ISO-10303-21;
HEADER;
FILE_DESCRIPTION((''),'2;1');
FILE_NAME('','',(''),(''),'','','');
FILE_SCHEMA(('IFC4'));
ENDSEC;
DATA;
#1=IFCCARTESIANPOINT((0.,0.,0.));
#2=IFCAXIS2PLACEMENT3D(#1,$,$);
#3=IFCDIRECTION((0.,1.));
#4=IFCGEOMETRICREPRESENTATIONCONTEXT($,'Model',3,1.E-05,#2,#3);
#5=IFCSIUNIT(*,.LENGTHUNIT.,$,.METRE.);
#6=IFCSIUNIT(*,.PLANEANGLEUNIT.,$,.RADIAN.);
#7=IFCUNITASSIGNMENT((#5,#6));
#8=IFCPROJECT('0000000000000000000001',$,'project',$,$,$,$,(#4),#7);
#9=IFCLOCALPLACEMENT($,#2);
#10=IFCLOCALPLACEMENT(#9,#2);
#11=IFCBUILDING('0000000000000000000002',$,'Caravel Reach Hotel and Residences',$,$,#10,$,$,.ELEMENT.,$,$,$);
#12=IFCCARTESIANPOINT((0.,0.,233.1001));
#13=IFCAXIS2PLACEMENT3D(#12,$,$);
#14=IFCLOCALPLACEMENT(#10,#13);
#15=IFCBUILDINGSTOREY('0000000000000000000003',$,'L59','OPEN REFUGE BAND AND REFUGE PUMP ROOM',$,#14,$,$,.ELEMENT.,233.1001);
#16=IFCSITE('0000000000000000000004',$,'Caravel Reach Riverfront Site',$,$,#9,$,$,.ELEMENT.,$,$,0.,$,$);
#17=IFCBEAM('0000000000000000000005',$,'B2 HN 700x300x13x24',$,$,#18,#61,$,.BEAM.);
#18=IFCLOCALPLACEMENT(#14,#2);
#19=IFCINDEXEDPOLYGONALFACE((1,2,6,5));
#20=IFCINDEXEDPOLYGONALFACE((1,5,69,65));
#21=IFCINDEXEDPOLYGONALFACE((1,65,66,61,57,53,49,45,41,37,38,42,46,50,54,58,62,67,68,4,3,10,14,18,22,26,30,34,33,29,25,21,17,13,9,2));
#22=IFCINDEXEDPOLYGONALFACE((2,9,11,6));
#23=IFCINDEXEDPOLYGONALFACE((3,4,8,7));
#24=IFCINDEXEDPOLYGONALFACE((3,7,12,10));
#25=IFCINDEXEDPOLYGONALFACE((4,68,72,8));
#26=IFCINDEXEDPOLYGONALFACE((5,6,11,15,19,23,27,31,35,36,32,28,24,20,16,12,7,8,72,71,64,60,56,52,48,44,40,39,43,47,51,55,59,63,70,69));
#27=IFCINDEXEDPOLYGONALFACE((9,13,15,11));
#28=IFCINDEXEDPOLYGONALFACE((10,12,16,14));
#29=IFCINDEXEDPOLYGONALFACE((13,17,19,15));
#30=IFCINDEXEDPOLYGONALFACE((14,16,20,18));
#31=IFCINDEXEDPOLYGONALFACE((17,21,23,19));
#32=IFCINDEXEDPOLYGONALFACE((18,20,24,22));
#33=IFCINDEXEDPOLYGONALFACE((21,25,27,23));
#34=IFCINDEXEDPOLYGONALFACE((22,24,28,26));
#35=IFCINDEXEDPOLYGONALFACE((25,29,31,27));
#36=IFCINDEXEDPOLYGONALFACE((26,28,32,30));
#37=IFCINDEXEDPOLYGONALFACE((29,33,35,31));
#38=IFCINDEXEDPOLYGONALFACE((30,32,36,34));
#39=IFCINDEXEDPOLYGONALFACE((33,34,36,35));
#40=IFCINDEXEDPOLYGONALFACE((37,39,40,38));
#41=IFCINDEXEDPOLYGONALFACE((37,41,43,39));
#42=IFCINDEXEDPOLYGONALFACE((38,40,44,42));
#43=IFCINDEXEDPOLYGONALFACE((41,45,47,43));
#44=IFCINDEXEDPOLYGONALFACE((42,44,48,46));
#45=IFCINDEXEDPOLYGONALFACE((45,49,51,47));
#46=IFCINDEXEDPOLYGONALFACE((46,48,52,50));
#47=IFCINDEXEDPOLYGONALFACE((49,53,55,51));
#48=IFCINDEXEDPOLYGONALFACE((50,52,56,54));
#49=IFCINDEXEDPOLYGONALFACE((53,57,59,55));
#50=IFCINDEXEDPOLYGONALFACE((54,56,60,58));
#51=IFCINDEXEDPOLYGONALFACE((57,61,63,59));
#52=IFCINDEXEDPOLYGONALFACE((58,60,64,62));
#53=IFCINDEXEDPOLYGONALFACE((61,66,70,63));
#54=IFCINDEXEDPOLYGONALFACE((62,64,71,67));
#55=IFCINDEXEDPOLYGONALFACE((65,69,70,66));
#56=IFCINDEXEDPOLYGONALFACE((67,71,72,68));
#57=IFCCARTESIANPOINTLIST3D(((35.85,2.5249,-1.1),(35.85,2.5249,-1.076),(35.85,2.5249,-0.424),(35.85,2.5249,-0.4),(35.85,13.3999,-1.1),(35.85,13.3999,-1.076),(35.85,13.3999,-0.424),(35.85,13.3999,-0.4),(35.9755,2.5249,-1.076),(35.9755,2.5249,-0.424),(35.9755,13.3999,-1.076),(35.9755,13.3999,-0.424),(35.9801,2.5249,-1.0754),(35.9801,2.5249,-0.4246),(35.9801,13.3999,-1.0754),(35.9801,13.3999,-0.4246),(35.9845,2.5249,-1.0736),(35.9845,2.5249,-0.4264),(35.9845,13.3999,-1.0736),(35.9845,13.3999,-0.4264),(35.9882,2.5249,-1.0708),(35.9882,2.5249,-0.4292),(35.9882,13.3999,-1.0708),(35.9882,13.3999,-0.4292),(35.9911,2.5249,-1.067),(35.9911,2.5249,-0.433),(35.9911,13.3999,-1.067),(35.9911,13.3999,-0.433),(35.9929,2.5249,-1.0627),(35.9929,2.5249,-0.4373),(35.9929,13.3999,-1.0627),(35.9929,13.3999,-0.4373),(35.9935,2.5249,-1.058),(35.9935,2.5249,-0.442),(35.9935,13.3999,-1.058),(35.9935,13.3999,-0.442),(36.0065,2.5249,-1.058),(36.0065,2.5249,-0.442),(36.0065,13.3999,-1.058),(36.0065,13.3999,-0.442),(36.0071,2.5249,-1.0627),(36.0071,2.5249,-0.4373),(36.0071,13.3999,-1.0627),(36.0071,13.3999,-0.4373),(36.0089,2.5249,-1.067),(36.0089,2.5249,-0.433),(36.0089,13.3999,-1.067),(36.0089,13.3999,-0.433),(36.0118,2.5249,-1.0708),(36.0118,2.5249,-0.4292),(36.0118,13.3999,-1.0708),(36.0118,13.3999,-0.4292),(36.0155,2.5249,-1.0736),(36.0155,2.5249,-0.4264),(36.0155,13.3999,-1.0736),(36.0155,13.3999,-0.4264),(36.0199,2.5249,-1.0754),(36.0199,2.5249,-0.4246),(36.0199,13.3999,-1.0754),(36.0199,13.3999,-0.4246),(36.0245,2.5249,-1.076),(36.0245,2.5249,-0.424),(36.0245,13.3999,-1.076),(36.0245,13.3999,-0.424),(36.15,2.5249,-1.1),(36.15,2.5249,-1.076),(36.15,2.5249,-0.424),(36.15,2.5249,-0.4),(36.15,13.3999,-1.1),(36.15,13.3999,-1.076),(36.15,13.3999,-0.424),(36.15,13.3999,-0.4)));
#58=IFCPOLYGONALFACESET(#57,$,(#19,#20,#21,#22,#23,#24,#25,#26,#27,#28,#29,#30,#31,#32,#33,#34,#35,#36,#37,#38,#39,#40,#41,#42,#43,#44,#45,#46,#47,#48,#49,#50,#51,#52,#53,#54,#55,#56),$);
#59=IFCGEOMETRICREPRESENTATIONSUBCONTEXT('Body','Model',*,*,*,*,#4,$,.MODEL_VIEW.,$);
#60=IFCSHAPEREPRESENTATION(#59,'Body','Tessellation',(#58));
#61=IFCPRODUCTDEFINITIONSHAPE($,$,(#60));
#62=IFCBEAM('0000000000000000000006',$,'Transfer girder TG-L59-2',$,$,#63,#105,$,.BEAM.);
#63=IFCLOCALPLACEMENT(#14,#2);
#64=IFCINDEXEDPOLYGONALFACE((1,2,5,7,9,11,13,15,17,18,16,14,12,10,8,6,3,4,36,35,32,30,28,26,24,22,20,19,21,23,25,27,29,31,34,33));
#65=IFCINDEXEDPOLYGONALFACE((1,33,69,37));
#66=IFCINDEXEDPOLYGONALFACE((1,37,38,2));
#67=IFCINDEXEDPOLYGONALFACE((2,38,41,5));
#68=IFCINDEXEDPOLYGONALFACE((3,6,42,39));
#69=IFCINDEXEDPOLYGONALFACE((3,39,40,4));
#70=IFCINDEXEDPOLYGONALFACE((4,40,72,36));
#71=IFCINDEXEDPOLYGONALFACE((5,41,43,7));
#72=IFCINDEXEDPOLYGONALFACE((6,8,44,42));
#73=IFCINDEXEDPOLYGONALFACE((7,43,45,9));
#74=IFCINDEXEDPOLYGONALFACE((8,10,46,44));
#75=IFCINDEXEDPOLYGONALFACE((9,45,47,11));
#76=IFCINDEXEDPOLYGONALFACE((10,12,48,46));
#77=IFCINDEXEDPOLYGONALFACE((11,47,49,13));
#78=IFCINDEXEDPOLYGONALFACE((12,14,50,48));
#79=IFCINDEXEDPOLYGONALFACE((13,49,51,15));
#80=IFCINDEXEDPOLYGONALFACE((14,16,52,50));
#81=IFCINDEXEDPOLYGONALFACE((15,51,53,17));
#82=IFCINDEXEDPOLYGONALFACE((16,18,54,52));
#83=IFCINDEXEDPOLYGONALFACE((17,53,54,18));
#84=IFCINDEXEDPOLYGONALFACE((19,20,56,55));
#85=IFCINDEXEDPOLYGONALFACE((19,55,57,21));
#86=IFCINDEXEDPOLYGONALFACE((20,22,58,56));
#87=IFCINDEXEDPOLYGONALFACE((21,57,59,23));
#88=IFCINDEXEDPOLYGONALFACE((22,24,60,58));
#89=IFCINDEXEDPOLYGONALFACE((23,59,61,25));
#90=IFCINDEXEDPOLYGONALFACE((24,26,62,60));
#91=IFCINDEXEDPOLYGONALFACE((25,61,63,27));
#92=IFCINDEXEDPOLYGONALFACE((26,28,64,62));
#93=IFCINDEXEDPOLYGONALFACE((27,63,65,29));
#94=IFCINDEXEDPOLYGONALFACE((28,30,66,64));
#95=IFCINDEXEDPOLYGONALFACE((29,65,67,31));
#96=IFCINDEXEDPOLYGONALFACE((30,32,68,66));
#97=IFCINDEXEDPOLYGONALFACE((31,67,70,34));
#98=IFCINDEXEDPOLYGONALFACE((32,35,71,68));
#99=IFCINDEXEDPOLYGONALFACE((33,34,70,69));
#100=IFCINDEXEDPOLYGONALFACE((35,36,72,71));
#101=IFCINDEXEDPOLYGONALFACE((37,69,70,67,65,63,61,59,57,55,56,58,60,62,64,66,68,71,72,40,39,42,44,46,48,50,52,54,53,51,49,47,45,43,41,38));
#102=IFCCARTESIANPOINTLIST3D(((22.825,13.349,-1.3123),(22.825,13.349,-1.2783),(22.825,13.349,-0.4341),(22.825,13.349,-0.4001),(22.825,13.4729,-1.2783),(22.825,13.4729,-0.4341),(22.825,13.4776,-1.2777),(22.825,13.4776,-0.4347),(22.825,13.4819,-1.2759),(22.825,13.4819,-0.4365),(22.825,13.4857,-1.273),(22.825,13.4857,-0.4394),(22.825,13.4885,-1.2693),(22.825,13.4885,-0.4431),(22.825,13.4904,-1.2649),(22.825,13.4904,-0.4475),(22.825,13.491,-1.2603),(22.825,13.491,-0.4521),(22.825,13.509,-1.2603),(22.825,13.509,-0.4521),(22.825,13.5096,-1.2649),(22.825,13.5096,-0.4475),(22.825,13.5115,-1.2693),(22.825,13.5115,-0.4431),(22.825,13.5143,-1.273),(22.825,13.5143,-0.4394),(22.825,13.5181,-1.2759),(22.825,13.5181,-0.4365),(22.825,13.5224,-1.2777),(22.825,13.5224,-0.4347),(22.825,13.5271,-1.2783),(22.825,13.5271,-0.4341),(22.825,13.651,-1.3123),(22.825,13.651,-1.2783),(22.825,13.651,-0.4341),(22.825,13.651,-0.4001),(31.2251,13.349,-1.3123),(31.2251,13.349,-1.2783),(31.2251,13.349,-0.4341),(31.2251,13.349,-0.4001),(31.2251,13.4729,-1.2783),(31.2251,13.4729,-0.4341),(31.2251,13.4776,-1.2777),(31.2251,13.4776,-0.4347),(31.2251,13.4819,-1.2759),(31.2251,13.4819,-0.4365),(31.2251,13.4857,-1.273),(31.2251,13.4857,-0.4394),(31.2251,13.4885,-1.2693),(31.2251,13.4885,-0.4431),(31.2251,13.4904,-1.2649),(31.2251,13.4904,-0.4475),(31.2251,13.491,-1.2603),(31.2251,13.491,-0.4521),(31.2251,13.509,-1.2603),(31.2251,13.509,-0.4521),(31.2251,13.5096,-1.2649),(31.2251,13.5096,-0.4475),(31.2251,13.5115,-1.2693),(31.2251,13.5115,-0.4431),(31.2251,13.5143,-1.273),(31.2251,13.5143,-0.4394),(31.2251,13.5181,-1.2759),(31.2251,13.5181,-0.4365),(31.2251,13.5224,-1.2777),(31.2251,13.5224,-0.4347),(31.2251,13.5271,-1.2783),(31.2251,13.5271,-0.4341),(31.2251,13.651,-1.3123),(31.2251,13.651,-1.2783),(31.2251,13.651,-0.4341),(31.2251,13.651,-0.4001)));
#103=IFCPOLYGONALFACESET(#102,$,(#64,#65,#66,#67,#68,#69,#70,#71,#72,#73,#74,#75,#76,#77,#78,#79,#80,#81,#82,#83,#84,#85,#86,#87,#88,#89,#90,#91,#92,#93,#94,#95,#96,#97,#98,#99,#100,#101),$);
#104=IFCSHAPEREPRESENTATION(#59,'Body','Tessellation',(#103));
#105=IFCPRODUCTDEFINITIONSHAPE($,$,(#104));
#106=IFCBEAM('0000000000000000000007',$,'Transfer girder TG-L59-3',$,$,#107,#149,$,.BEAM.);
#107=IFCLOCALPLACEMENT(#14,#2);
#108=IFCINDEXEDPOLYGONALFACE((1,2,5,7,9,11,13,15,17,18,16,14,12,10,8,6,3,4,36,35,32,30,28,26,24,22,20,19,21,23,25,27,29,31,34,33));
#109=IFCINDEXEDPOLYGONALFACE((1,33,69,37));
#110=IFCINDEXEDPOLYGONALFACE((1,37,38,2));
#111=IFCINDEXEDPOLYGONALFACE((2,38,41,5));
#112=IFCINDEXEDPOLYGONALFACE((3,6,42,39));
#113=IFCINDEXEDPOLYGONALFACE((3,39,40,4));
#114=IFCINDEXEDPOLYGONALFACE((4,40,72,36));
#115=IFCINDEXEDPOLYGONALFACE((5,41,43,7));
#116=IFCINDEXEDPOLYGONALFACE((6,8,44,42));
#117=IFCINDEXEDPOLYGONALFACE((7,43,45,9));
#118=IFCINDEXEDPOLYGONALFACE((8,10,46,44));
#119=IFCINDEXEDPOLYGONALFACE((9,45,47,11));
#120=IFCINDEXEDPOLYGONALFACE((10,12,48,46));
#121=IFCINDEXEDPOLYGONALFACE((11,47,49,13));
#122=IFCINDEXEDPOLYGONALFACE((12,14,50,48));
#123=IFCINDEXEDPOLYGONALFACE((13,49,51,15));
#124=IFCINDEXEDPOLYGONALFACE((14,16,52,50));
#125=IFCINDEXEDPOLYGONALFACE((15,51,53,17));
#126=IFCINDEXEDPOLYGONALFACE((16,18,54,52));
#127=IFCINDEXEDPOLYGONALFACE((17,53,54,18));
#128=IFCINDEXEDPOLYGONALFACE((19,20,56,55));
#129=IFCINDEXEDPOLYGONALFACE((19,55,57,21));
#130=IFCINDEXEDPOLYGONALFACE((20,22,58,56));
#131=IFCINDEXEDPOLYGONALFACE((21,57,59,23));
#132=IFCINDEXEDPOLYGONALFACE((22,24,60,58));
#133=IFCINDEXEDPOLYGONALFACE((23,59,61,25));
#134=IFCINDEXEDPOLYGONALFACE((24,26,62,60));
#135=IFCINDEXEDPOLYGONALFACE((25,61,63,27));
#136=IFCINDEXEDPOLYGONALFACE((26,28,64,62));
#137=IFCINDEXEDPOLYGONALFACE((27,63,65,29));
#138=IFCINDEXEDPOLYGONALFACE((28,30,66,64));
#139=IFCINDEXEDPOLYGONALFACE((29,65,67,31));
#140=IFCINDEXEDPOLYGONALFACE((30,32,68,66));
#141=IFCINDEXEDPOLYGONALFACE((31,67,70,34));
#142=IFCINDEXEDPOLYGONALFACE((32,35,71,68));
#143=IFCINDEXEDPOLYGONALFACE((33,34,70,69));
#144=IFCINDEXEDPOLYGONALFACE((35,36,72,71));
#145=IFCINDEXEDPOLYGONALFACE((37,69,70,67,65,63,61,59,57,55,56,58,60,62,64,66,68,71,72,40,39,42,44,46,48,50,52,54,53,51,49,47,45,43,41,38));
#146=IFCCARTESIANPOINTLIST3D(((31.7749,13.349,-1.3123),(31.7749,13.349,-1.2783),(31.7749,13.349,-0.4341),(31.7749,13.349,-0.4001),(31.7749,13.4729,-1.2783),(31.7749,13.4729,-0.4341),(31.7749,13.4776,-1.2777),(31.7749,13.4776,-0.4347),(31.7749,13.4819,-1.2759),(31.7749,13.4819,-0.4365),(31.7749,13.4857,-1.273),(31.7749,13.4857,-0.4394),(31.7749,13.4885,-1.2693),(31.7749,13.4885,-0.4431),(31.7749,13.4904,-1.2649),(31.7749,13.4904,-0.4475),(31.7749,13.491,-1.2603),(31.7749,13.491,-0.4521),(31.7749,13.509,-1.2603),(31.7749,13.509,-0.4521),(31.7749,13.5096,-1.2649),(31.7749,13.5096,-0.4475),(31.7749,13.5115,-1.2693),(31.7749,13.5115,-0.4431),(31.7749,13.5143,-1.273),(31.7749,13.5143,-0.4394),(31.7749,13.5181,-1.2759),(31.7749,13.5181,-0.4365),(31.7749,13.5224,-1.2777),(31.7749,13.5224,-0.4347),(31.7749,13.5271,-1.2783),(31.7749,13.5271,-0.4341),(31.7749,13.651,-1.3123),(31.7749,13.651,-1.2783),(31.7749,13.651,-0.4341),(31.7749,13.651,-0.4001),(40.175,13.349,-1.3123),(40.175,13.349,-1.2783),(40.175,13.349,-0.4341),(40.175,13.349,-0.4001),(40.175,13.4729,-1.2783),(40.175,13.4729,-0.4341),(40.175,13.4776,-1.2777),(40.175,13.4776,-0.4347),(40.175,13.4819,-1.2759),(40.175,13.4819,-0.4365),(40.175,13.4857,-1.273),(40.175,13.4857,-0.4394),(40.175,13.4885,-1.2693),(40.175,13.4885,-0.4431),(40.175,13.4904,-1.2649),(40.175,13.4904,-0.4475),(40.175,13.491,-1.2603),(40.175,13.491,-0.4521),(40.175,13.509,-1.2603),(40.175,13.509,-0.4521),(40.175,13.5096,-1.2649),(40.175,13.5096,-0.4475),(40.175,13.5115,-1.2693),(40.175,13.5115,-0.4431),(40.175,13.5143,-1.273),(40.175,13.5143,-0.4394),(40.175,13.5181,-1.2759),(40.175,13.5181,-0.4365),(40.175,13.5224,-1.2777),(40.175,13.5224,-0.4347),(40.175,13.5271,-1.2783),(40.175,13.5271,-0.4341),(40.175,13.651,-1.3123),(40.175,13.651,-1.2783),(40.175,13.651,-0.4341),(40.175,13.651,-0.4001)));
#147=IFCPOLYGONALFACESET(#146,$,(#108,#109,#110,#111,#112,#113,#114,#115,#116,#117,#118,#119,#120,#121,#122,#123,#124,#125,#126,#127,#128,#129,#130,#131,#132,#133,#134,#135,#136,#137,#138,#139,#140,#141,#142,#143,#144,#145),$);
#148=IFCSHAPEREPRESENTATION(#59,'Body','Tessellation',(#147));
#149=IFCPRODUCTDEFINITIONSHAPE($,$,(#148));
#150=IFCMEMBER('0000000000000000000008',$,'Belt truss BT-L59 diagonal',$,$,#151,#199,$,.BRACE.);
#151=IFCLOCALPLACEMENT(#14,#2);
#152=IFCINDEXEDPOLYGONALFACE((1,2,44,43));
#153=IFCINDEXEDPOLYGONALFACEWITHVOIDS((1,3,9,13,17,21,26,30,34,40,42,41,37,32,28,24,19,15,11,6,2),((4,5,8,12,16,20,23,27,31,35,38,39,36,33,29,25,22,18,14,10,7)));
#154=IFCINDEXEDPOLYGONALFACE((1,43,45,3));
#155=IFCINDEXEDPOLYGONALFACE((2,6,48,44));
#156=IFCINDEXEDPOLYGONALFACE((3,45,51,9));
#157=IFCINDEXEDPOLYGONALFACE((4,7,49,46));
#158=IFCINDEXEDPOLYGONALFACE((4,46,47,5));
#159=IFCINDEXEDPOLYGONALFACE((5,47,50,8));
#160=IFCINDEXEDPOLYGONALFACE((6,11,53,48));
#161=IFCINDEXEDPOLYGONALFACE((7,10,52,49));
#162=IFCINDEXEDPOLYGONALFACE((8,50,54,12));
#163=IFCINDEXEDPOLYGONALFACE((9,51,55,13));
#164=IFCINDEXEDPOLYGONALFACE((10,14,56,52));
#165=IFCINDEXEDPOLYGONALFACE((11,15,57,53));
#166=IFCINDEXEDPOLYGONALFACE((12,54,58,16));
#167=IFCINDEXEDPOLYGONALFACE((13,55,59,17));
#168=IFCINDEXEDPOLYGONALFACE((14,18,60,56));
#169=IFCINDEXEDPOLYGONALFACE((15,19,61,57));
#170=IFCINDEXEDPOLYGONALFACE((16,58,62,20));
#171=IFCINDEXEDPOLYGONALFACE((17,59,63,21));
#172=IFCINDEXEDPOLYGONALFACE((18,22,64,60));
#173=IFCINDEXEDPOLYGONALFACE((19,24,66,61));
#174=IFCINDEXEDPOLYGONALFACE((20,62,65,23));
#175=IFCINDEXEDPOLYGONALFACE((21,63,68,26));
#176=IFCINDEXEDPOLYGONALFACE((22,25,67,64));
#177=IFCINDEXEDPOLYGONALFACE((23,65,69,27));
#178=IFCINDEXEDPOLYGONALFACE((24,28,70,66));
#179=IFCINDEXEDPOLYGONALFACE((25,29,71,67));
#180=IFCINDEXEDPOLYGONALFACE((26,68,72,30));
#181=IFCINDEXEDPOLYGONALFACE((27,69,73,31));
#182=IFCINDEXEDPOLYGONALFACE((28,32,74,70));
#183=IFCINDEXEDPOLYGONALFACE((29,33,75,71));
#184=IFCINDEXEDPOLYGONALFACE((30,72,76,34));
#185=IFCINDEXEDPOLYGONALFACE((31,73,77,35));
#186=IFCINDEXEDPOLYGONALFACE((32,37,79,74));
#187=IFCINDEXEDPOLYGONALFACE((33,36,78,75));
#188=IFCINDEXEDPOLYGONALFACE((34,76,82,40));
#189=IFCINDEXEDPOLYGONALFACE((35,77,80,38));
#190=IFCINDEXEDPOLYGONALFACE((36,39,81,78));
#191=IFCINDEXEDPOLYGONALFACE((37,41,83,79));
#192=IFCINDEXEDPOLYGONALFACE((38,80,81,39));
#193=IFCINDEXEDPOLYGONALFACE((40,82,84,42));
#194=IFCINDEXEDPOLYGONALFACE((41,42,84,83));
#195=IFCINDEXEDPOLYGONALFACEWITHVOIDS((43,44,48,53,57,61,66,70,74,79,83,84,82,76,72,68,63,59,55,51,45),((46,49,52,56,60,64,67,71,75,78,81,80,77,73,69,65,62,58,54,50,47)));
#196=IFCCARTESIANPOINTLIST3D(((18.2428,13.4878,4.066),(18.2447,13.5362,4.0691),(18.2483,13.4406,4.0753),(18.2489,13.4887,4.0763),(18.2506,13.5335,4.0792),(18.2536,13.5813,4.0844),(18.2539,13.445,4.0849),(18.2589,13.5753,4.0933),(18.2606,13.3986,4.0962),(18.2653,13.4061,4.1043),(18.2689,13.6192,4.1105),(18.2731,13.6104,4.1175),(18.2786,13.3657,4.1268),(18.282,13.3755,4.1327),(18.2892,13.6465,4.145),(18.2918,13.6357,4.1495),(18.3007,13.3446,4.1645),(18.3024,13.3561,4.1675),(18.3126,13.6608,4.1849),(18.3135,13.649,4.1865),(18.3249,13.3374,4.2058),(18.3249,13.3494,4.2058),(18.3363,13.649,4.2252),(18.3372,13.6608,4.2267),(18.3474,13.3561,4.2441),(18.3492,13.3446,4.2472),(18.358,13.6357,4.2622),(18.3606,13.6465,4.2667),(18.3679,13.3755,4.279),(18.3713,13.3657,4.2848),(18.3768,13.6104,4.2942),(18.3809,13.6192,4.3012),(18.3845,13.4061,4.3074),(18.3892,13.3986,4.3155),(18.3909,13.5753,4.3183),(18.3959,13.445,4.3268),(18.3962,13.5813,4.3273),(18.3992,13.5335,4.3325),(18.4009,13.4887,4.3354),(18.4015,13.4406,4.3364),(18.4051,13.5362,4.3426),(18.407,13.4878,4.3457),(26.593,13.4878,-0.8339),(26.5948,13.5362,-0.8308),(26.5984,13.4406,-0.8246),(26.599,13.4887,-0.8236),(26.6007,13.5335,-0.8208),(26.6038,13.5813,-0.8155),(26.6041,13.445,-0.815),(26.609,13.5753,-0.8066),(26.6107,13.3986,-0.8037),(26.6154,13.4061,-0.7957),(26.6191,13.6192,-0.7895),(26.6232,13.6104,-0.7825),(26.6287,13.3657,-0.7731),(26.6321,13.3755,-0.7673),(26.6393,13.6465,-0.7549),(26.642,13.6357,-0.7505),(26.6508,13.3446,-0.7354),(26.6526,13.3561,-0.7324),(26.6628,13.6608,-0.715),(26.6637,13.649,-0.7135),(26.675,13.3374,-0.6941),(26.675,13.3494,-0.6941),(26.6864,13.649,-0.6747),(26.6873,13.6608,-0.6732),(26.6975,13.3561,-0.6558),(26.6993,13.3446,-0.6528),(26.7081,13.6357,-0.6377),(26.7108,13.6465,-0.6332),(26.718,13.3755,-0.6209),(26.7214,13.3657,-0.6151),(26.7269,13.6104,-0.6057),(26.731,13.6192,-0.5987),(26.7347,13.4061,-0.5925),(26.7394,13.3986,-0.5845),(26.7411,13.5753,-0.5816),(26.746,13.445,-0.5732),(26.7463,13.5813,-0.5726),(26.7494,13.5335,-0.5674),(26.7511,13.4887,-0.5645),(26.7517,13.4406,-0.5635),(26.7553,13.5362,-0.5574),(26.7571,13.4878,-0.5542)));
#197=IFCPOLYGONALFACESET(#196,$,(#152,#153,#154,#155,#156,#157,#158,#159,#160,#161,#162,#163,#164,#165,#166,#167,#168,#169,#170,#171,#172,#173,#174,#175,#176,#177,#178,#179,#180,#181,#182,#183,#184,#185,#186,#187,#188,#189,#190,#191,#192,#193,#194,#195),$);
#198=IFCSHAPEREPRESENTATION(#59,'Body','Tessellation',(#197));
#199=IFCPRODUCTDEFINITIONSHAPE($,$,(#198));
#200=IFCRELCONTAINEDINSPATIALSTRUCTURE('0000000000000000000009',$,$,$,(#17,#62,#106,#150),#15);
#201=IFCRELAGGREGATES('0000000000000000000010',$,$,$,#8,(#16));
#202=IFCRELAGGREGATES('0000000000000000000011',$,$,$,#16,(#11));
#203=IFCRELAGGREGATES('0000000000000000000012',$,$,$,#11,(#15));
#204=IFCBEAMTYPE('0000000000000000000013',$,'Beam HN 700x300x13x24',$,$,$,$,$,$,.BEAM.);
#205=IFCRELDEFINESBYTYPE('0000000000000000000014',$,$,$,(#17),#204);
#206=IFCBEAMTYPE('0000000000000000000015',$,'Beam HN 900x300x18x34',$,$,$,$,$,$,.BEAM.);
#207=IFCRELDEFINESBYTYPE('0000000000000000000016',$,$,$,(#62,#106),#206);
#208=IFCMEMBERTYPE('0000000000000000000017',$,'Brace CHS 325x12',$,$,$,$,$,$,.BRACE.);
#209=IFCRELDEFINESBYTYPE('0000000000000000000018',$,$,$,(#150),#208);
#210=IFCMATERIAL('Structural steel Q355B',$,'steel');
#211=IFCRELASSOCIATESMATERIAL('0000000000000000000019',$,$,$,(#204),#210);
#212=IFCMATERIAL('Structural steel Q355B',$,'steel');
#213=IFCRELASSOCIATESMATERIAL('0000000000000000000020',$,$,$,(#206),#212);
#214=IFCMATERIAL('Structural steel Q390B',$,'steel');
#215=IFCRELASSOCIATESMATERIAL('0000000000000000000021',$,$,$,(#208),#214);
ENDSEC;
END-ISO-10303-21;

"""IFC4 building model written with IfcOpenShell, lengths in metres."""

from ifc_helpers import new_model, si_unit, direction, frame, origin, origin_2d, place, context, subcontext, project, spatial, hollow_circle, i_section, extrude, material, material_profile, profile_set, type_object, element, save


model = new_model("IFC4")

# Units and contexts
model_context = context("Model", 3, precision=1e-05, world=origin(), true_north=direction((0.0, 1.0)))
body_context = subcontext(model_context, "Body", "Model", "MODEL_VIEW")
ifc_project = project(units=[si_unit("LENGTHUNIT", "METRE"), si_unit("PLANEANGLEUNIT", "RADIAN")], contexts=[model_context])

# Site, building, storey
site_placement = place(None, origin())
site = spatial("IfcSite", under=ifc_project, at=site_placement, Name="Caravel Reach Riverfront Site", CompositionType="ELEMENT", RefElevation=0.0)
building_placement = place(site_placement, origin())
building = spatial("IfcBuilding", under=site, at=building_placement, Name="Caravel Reach Hotel and Residences", CompositionType="ELEMENT")
storey_placement = place(building_placement, frame((0.0, 0.0, 233.1001)))
storey = spatial("IfcBuildingStorey", under=building, at=storey_placement, Name="L59", Description="OPEN REFUGE BAND AND REFUGE PUMP ROOM", CompositionType="ELEMENT", Elevation=233.1001)

# Beams
ifc_material_1 = material(Name="Structural steel Q355B", Category="steel")
ifc_material_profile_1 = material_profile(ifc_material_1, i_section(OverallWidth=0.3, OverallDepth=0.7, WebThickness=0.0129, FlangeThickness=0.0239, FilletRadius=0.0181, at=origin_2d()), Name="HN 700x300x13x24")
ifc_profile_set_1 = profile_set([ifc_material_profile_1], Name="Structural steel Q355B")
beam_type_1 = type_object("IfcBeamType", Name="Beam HN 700x300x13x24", PredefinedType="BEAM", material=ifc_profile_set_1)
beam_1_placement = place(storey_placement, frame((36.0, 13.3999, -0.75), z_axis=(0.0, -1.0, 0.0), x_axis=(1.0, 0.0, 0.0)))
element("IfcBeam", 1, at=beam_1_placement, inside=storey, type_object=beam_type_1, Name="B2 HN 700x300x13x24", PredefinedType="BEAM", context=body_context, shape_type="SweptSolid", body=[
    extrude(i_section(OverallWidth=0.3, OverallDepth=0.7, WebThickness=0.0129, FlangeThickness=0.0239, FilletRadius=0.0181, at=origin_2d()), origin(), (0.0, 0.0, 1.0), 10.875),
])
ifc_material_2 = material(Name="Structural steel Q355B", Category="steel")
ifc_material_profile_2 = material_profile(ifc_material_2, i_section(OverallWidth=0.302, OverallDepth=0.9121, WebThickness=0.0181, FlangeThickness=0.0339, FilletRadius=0.0181, at=origin_2d()), Name="HN 900x300x18x34")
ifc_profile_set_2 = profile_set([ifc_material_profile_2], Name="Structural steel Q355B")
beam_type_2 = type_object("IfcBeamType", Name="Beam HN 900x300x18x34", PredefinedType="BEAM", material=ifc_profile_set_2)
for number, where, z_axis, x_axis, name in (
    (2, (22.825, 13.5, -0.8562), (1.0, 0.0, 0.0), (0.0, 1.0, 0.0), "Transfer girder TG-L59-2"),
    (3, (31.7749, 13.5, -0.8562), (1.0, 0.0, 0.0), (0.0, 1.0, 0.0), "Transfer girder TG-L59-3"),
):
    element("IfcBeam", number, at=place(storey_placement, frame(where, z_axis=z_axis, x_axis=x_axis)), inside=storey, type_object=beam_type_2, Name=name, PredefinedType="BEAM", context=body_context, shape_type="SweptSolid", body=[
        extrude(i_section(OverallWidth=0.302, OverallDepth=0.9121, WebThickness=0.0181, FlangeThickness=0.0339, FilletRadius=0.0181, at=origin_2d()), origin(), (0.0, 0.0, 1.0), 8.4001),
    ])

# Member
ifc_material_3 = material(Name="Structural steel Q390B", Category="steel")
ifc_material_profile_3 = material_profile(ifc_material_3, hollow_circle(Radius=0.1626, WallThickness=0.012, at=origin_2d()), Name="CHS 325x12")
ifc_profile_set_3 = profile_set([ifc_material_profile_3], Name="Structural steel Q390B")
member_type = type_object("IfcMemberType", Name="Brace CHS 325x12", PredefinedType="BRACE", material=ifc_profile_set_3)
member_placement = place(storey_placement, frame((26.675, 13.5, -0.6941), z_axis=(-0.862472, 0.0, 0.506105), x_axis=(0.0, -1.0, 0.0)))
element("IfcMember", 4, at=member_placement, inside=storey, type_object=member_type, Name="Belt truss BT-L59 diagonal", PredefinedType="BRACE", context=body_context, shape_type="SweptSolid", body=[
    extrude(hollow_circle(Radius=0.1626, WallThickness=0.012, at=origin_2d()), origin(), (0.0, 0.0, 1.0), 9.6816),
])

save(model, "model.ifc")
